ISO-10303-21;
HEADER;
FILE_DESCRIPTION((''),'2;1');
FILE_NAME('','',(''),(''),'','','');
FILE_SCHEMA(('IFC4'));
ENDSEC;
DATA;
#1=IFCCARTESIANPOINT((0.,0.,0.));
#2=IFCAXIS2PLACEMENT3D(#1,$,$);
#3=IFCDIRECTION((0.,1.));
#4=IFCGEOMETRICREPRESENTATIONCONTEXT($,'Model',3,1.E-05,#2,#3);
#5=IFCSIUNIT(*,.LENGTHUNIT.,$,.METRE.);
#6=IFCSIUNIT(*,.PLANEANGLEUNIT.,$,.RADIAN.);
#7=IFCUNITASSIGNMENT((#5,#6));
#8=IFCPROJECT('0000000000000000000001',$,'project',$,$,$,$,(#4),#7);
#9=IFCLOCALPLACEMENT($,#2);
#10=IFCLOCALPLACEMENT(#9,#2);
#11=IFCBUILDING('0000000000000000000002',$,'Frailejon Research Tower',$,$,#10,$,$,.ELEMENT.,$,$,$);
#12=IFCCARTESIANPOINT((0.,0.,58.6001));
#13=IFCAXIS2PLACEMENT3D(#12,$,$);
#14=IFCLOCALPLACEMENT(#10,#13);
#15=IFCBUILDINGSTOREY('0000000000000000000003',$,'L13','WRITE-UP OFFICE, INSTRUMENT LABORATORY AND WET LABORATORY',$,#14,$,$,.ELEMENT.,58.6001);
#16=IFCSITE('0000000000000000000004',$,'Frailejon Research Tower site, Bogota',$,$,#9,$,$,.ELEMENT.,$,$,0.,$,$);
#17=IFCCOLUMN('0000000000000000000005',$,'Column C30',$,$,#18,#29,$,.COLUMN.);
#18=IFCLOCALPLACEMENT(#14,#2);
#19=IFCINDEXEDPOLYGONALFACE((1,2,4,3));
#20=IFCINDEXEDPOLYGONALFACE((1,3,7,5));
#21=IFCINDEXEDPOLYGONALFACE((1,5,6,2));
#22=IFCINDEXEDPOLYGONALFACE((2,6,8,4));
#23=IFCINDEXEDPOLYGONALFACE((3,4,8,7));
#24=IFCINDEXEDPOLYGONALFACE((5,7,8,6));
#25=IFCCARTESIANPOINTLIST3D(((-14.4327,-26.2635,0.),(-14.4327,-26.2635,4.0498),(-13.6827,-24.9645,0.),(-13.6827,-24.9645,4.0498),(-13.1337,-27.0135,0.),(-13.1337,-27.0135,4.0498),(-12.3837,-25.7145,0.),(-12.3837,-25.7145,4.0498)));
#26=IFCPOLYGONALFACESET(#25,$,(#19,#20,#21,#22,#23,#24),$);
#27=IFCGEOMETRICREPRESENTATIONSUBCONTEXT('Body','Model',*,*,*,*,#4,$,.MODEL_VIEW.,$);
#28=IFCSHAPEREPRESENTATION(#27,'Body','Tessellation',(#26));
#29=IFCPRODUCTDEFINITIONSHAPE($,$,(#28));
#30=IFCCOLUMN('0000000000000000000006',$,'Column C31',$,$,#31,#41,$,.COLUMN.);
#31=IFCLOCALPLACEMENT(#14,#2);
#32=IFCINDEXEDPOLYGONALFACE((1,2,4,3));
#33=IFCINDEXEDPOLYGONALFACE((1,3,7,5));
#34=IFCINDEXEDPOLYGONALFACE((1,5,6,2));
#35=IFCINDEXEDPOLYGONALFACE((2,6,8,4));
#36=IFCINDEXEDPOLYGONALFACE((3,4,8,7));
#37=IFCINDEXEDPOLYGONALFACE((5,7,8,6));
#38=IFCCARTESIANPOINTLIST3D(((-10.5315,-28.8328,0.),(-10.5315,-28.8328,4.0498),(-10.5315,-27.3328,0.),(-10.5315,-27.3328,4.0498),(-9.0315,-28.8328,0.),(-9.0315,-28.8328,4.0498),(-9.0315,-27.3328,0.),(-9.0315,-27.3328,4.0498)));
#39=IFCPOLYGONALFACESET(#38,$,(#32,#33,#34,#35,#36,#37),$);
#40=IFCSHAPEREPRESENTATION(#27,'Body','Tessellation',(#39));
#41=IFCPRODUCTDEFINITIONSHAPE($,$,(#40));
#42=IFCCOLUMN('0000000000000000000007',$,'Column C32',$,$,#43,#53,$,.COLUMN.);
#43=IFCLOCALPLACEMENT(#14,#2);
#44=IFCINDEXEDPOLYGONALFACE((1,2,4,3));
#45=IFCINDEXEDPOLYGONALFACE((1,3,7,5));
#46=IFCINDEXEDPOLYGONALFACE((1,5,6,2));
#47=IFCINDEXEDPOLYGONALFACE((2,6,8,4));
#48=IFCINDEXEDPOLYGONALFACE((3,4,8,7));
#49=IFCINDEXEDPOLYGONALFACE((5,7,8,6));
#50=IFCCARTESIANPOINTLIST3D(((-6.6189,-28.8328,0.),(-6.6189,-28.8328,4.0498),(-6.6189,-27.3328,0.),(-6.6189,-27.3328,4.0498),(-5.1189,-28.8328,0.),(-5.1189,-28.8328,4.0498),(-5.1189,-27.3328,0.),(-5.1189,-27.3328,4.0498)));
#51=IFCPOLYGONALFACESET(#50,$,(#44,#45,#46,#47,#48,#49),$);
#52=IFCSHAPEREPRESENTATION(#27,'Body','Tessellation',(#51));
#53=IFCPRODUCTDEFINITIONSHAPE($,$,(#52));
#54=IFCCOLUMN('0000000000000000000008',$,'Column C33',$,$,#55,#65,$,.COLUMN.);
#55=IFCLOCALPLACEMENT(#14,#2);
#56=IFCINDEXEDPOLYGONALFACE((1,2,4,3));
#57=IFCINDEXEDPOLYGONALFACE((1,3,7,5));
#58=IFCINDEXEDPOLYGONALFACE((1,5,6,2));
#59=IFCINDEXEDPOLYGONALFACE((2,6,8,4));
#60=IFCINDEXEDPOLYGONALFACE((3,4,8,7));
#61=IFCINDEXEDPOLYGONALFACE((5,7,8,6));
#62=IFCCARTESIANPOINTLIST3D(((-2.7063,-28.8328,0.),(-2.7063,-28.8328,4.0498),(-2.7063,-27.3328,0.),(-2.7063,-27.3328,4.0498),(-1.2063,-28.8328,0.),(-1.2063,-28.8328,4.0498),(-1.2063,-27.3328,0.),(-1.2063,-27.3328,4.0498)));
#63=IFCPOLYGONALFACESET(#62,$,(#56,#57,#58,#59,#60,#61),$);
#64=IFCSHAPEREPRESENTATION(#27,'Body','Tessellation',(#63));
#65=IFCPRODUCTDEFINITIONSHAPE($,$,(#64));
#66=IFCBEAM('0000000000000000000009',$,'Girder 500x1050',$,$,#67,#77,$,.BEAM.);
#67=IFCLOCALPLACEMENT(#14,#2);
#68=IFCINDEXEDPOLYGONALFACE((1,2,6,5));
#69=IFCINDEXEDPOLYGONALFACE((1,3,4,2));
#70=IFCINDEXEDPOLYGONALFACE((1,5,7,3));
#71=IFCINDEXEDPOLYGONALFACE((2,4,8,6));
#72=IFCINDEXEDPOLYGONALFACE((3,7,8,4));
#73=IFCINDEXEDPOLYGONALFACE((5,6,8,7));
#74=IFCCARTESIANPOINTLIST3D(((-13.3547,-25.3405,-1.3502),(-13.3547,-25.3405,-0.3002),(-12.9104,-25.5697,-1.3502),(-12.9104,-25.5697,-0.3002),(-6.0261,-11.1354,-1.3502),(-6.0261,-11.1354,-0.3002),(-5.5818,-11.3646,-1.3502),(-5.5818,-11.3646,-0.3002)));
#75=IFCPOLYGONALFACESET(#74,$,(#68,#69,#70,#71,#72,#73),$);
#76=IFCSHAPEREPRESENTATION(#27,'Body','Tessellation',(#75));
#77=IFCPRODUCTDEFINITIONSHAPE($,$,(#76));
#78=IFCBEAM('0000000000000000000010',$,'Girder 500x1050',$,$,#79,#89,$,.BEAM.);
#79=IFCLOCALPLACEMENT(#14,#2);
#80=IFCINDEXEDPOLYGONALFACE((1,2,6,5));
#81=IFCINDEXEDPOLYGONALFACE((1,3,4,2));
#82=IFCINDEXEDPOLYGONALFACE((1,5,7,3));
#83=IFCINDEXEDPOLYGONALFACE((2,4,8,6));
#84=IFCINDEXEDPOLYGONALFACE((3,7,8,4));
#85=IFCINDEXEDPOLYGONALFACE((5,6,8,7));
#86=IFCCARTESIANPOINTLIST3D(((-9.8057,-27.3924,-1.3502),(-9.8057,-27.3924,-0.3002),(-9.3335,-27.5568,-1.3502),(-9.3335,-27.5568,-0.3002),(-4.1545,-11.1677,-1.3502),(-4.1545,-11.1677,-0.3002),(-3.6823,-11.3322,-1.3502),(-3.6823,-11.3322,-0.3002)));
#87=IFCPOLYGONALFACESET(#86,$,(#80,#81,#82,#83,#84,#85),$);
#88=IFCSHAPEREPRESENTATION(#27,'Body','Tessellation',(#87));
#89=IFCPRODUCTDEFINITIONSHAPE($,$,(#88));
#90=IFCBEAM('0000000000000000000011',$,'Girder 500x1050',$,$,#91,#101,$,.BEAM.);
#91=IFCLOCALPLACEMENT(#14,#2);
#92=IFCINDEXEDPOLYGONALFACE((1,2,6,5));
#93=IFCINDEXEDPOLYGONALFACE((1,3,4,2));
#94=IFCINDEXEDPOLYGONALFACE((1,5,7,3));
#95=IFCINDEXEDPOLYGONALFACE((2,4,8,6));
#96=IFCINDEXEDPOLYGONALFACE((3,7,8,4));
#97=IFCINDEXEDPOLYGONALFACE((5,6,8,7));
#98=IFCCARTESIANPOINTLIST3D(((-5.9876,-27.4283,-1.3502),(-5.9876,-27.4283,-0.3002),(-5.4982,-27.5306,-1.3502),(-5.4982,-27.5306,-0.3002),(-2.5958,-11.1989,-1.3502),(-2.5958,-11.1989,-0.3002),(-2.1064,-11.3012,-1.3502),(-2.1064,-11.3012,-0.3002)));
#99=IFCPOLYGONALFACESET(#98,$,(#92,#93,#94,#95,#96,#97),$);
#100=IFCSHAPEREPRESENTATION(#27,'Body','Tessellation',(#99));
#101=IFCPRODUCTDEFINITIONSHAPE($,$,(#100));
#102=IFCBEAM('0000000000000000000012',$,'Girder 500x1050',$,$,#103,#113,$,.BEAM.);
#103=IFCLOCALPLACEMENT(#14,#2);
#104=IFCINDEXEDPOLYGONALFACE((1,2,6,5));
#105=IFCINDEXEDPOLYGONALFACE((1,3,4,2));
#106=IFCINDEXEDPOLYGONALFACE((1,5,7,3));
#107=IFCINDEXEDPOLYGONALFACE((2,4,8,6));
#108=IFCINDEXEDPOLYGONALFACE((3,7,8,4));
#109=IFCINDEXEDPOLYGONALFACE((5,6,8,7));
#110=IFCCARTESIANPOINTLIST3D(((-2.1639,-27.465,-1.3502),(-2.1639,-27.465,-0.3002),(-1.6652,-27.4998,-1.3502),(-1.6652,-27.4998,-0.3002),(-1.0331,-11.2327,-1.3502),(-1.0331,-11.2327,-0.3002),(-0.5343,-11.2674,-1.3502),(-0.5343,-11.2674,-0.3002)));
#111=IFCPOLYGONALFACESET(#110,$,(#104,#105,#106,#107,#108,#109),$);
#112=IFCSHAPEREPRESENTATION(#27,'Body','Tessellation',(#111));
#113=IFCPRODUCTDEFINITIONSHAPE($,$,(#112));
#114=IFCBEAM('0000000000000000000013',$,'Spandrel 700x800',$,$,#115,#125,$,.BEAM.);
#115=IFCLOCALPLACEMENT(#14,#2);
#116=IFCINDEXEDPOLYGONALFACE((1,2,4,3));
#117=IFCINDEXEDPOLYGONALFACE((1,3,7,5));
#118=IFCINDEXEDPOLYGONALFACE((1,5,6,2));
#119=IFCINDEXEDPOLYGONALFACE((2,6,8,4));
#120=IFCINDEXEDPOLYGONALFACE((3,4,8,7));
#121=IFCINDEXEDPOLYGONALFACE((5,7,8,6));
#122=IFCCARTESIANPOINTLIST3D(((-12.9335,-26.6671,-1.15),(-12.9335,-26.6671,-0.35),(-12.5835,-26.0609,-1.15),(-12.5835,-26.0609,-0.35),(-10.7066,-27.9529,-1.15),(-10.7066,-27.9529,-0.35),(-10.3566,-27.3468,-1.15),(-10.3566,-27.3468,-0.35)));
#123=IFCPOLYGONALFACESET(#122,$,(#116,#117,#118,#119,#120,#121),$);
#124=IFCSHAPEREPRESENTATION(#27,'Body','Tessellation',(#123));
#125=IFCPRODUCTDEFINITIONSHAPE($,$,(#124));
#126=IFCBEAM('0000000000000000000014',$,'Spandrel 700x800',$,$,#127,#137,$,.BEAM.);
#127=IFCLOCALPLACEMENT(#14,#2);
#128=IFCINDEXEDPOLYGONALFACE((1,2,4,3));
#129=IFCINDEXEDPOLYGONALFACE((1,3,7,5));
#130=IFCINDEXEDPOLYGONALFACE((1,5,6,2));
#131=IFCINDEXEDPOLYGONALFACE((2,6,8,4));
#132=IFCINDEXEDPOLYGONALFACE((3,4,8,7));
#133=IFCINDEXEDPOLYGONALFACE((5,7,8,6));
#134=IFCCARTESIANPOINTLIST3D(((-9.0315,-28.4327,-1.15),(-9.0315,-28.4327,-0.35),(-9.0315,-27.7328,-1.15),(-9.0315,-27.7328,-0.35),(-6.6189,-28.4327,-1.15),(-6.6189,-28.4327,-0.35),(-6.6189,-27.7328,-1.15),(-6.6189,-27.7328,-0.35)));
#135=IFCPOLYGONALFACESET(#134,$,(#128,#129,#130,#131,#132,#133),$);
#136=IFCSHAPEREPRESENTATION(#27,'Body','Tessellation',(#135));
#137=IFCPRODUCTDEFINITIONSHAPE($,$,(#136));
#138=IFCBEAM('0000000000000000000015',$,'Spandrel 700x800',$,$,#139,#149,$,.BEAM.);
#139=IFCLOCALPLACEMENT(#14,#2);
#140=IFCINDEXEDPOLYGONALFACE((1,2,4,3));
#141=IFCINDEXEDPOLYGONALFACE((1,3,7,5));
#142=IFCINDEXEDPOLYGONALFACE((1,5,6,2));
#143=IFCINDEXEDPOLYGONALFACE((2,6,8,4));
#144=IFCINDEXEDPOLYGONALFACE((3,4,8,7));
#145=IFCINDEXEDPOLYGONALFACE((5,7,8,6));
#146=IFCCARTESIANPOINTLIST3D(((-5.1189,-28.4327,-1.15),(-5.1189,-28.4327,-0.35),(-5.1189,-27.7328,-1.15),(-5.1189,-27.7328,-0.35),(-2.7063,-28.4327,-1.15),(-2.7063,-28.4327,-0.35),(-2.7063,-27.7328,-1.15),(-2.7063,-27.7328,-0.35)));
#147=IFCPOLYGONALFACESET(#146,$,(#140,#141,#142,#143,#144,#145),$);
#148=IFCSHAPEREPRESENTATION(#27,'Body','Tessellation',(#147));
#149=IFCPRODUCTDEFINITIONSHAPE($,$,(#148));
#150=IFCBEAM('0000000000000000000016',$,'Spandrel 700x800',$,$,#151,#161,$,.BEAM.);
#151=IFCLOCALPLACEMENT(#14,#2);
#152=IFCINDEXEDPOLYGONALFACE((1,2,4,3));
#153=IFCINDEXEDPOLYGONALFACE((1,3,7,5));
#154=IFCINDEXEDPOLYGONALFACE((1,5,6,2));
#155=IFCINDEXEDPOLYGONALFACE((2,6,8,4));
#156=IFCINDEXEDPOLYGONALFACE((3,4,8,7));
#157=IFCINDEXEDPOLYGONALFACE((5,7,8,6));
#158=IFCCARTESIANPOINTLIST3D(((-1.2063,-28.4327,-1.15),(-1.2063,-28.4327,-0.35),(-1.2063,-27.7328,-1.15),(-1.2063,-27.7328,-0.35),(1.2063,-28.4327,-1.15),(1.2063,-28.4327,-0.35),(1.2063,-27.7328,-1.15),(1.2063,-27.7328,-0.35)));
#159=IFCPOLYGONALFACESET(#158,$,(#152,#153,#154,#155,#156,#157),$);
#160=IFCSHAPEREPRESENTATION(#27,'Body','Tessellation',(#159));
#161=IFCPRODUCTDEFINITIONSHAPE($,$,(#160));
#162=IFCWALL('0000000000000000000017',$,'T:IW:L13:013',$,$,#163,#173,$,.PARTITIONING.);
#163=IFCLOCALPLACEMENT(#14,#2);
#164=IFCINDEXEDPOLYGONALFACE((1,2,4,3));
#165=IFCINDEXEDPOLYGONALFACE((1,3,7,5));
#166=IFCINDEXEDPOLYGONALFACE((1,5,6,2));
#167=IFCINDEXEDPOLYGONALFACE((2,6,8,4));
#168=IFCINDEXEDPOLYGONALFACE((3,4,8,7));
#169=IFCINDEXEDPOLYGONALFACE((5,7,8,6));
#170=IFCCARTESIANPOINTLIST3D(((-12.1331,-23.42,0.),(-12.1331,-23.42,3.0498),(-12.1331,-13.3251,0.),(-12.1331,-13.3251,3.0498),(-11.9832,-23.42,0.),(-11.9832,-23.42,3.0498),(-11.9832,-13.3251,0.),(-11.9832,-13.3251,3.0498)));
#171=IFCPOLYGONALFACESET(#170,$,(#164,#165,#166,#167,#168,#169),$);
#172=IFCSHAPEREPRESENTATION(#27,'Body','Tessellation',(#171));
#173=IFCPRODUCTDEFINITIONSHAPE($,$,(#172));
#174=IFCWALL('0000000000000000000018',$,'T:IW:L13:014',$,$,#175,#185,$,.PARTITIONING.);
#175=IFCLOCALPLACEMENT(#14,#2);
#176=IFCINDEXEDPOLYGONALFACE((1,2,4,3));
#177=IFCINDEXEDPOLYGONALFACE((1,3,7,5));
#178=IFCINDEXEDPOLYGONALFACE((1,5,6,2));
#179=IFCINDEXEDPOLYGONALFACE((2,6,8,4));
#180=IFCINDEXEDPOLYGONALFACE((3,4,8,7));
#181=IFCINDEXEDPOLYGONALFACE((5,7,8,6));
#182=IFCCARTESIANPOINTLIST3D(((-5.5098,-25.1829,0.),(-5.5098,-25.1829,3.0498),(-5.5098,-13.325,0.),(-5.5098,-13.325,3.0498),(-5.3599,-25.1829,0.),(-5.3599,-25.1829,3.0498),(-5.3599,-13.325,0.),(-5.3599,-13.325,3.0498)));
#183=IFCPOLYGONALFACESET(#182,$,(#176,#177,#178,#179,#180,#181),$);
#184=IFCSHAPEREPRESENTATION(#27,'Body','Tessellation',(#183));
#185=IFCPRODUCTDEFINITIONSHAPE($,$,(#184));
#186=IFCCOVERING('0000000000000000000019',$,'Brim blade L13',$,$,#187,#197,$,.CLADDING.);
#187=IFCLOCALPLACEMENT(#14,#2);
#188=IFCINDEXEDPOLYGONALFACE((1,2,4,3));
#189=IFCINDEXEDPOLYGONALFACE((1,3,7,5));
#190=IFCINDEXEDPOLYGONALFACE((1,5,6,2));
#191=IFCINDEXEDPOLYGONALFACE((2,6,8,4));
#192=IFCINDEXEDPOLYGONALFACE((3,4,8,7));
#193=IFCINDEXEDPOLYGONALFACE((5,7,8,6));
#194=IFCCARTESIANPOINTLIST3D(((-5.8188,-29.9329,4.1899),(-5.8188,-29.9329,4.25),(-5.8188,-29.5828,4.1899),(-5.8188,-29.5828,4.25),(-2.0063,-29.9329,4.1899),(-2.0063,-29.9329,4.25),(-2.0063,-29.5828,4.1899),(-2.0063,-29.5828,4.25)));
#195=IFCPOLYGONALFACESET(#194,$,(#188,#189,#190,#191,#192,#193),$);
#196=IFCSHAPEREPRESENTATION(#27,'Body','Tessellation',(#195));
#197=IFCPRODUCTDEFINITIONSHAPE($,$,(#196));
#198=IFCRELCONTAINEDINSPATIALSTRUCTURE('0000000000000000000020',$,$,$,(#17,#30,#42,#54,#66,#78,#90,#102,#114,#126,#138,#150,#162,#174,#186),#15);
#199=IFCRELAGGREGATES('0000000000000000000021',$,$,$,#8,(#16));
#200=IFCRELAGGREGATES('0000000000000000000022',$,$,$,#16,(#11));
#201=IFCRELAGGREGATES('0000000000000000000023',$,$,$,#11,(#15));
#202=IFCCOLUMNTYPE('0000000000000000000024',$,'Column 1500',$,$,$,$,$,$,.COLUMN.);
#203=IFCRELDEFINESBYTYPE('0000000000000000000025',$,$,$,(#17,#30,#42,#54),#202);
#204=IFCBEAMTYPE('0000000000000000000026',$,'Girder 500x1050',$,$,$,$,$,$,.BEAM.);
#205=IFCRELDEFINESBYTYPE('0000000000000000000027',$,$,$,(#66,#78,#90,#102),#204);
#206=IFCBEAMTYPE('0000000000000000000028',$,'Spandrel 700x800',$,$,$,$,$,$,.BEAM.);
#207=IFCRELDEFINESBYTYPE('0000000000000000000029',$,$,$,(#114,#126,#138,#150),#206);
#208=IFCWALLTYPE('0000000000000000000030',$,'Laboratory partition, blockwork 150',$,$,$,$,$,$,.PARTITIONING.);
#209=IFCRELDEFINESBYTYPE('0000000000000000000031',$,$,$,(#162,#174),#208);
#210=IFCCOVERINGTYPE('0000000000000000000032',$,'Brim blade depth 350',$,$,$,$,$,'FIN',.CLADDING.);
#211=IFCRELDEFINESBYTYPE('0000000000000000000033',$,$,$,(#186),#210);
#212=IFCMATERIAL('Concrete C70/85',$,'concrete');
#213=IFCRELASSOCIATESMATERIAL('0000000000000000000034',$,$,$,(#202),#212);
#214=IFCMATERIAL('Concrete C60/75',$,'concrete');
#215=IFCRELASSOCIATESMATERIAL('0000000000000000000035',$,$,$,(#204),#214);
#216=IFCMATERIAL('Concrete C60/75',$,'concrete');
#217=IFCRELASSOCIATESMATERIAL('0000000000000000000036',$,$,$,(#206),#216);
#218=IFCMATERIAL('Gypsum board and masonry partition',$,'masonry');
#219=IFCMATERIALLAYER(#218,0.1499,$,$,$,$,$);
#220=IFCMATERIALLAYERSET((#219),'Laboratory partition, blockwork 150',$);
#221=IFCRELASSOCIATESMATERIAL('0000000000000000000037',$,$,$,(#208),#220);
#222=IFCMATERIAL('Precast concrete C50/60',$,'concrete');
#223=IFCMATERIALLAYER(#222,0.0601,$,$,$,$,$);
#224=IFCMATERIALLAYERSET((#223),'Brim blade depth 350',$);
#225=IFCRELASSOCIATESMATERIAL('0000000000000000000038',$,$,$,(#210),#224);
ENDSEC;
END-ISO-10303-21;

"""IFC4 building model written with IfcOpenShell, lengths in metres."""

from ifc_helpers import new_model, si_unit, direction, frame, frame_2d, origin, origin_2d, place, context, subcontext, project, spatial, polyline, rectangle, outline, extrude, material, layer, layer_set, material_profile, profile_set, type_object, element, save


model = new_model("IFC4")

# Units and contexts
model_context = context("Model", 3, precision=1e-05, world=origin(), true_north=direction((0.0, 1.0)))
body_context = subcontext(model_context, "Body", "Model", "MODEL_VIEW")
ifc_project = project(units=[si_unit("LENGTHUNIT", "METRE"), si_unit("PLANEANGLEUNIT", "RADIAN")], contexts=[model_context])

# Site, building, storey
site_placement = place(None, origin())
site = spatial("IfcSite", under=ifc_project, at=site_placement, Name="Frailejon Research Tower site, Bogota", CompositionType="ELEMENT", RefElevation=0.0)
building_placement = place(site_placement, origin())
building = spatial("IfcBuilding", under=site, at=building_placement, Name="Frailejon Research Tower", CompositionType="ELEMENT")
storey_placement = place(building_placement, frame((0.0, 0.0, 58.6001)))
storey = spatial("IfcBuildingStorey", under=building, at=storey_placement, Name="L13", Description="WRITE-UP OFFICE, INSTRUMENT LABORATORY AND WET LABORATORY", CompositionType="ELEMENT", Elevation=58.6001)

# Columns
ifc_material_1 = material(Name="Concrete C70/85", Category="concrete")
ifc_material_profile_1 = material_profile(ifc_material_1, rectangle(XDim=1.5, YDim=1.5, at=origin_2d()), Name="Column 1500")
ifc_profile_set_1 = profile_set([ifc_material_profile_1], Name="Concrete C70/85")
column_type = type_object("IfcColumnType", Name="Column 1500", PredefinedType="COLUMN", material=ifc_profile_set_1)
for number, where, z_axis, x_axis, name in (
    (1, (-13.4082, -25.989, 0.0), (0.0, 0.0, 1.0), (0.866025, -0.5, 0.0), "Column C30"),
    (2, (-9.7815, -28.0828, 0.0), (0.0, 0.0, 1.0), (1.0, 0.0, 0.0), "Column C31"),
    (3, (-5.8689, -28.0828, 0.0), (0.0, 0.0, 1.0), (1.0, 0.0, 0.0), "Column C32"),
    (4, (-1.9563, -28.0828, 0.0), (0.0, 0.0, 1.0), (1.0, 0.0, 0.0), "Column C33"),
):
    element("IfcColumn", number, at=place(storey_placement, frame(where, z_axis=z_axis, x_axis=x_axis)), inside=storey, type_object=column_type, Name=name, PredefinedType="COLUMN", context=body_context, shape_type="SweptSolid", body=[
        extrude(rectangle(XDim=1.5, YDim=1.5, at=origin_2d()), origin(), (0.0, 0.0, 1.0), 4.0498),
    ])

# Beams
ifc_material_2 = material(Name="Concrete C60/75", Category="concrete")
ifc_material_profile_2 = material_profile(ifc_material_2, rectangle(XDim=0.5, YDim=1.05, at=origin_2d()), Name="Girder 500x1050")
ifc_profile_set_2 = profile_set([ifc_material_profile_2], Name="Concrete C60/75")
beam_type_1 = type_object("IfcBeamType", Name="Girder 500x1050", PredefinedType="BEAM", material=ifc_profile_set_2)
beam_1_placement = place(storey_placement, frame((-13.1326, -25.4551, -0.8252), z_axis=(0.458493, 0.888698, 0.0), x_axis=(-0.888698, 0.458493, 0.0)))
element("IfcBeam", 5, at=beam_1_placement, inside=storey, type_object=beam_type_1, Name="Girder 500x1050", PredefinedType="BEAM", context=body_context, shape_type="SweptSolid", body=[
    extrude(rectangle(XDim=0.5, YDim=1.05, at=origin_2d()), origin(), (0.0, 0.0, 1.0), 15.9841),
])
beam_2_placement = place(storey_placement, frame((-9.5696, -27.4746, -0.8252), z_axis=(0.328925, 0.944356, 0.0), x_axis=(-0.944356, 0.328925, 0.0)))
element("IfcBeam", 6, at=beam_2_placement, inside=storey, type_object=beam_type_1, Name="Girder 500x1050", PredefinedType="BEAM", context=body_context, shape_type="SweptSolid", body=[
    extrude(rectangle(XDim=0.5, YDim=1.05, at=origin_2d()), origin(), (0.0, 0.0, 1.0), 17.1807),
])
beam_3_placement = place(storey_placement, frame((-5.7429, -27.4795, -0.8252), z_axis=(0.204573, 0.978851, 0.0), x_axis=(-0.978851, 0.204573, 0.0)))
element("IfcBeam", 7, at=beam_3_placement, inside=storey, type_object=beam_type_1, Name="Girder 500x1050", PredefinedType="BEAM", context=body_context, shape_type="SweptSolid", body=[
    extrude(rectangle(XDim=0.5, YDim=1.05, at=origin_2d()), origin(), (0.0, 0.0, 1.0), 16.5801),
])
beam_4_placement = place(storey_placement, frame((-1.9146, -27.4824, -0.8252), z_axis=(0.069498, 0.997582, 0.0), x_axis=(-0.997582, 0.069498, 0.0)))
element("IfcBeam", 8, at=beam_4_placement, inside=storey, type_object=beam_type_1, Name="Girder 500x1050", PredefinedType="BEAM", context=body_context, shape_type="SweptSolid", body=[
    extrude(rectangle(XDim=0.5, YDim=1.05, at=origin_2d()), origin(), (0.0, 0.0, 1.0), 16.2717),
])
ifc_material_3 = material(Name="Concrete C60/75", Category="concrete")
ifc_material_profile_3 = material_profile(ifc_material_3, rectangle(XDim=0.7, YDim=0.8, at=origin_2d()), Name="Spandrel 700x800")
ifc_profile_set_3 = profile_set([ifc_material_profile_3], Name="Concrete C60/75")
beam_type_2 = type_object("IfcBeamType", Name="Spandrel 700x800", PredefinedType="BEAM", material=ifc_profile_set_3)
beam_5_placement = place(storey_placement, frame((-12.7585, -26.364, -0.75), z_axis=(0.866009, -0.500029, 0.0), x_axis=(0.500029, 0.866009, 0.0)))
element("IfcBeam", 9, at=beam_5_placement, inside=storey, type_object=beam_type_2, Name="Spandrel 700x800", PredefinedType="BEAM", context=body_context, shape_type="SweptSolid", body=[
    extrude(rectangle(XDim=0.7, YDim=0.8, at=origin_2d()), origin(), (0.0, 0.0, 1.0), 2.5715),
])
for number, where, z_axis, x_axis, name in (
    (10, (-9.0315, -28.0828, -0.75), (1.0, 0.0, 0.0), (0.0, 1.0, 0.0), "Spandrel 700x800"),
    (11, (-5.1189, -28.0828, -0.75), (1.0, 0.0, 0.0), (0.0, 1.0, 0.0), "Spandrel 700x800"),
    (12, (-1.2063, -28.0828, -0.75), (1.0, 0.0, 0.0), (0.0, 1.0, 0.0), "Spandrel 700x800"),
):
    element("IfcBeam", number, at=place(storey_placement, frame(where, z_axis=z_axis, x_axis=x_axis)), inside=storey, type_object=beam_type_2, Name=name, PredefinedType="BEAM", context=body_context, shape_type="SweptSolid", body=[
        extrude(rectangle(XDim=0.7, YDim=0.8, at=origin_2d()), origin(), (0.0, 0.0, 1.0), 2.4126),
    ])

# Walls
ifc_material_4 = material(Name="Gypsum board and masonry partition", Category="masonry")
ifc_layer_1 = layer(ifc_material_4, 0.1499)
ifc_layer_set_1 = layer_set([ifc_layer_1], Name="Laboratory partition, blockwork 150")
wall_type_1 = type_object("IfcWallType", Name="Laboratory partition, blockwork 150", PredefinedType="PARTITIONING", material=ifc_layer_set_1)
wall_1_placement = place(storey_placement, frame((-12.0581, -23.4199, 0.0), z_axis=(0.0, 0.0, 1.0), x_axis=(0.0, 1.0, 0.0)))
element("IfcWall", 13, at=wall_1_placement, inside=storey, type_object=wall_type_1, Name="T:IW:L13:013", PredefinedType="PARTITIONING", context=body_context, shape_type="SweptSolid", body=[
    extrude(rectangle(XDim=10.095, YDim=0.1499, at=frame_2d((5.0474, 0.0))), origin(), (0.0, 0.0, 1.0), 3.0498),
])
wall_2_placement = place(storey_placement, frame((-5.4348, -25.1829, 0.0), z_axis=(0.0, 0.0, 1.0), x_axis=(0.0, 1.0, 0.0)))
element("IfcWall", 14, at=wall_2_placement, inside=storey, type_object=wall_type_1, Name="T:IW:L13:014", PredefinedType="PARTITIONING", context=body_context, shape_type="SweptSolid", body=[
    extrude(rectangle(XDim=11.8579, YDim=0.1499, at=frame_2d((5.929, 0.0))), origin(), (0.0, 0.0, 1.0), 3.0498),
])

# Covering
ifc_material_5 = material(Name="Precast concrete C50/60", Category="concrete")
ifc_layer_2 = layer(ifc_material_5, 0.0601)
ifc_layer_set_2 = layer_set([ifc_layer_2], Name="Brim blade depth 350")
covering_type_1 = type_object("IfcCoveringType", Name="Brim blade depth 350", ElementType="FIN", PredefinedType="CLADDING", material=ifc_layer_set_2)
covering_1_placement = place(storey_placement, frame((-2.0063, -29.5828, 4.25), z_axis=(-1.0, 0.0, 0.0), x_axis=(0.0, -1.0, 0.0)))
element("IfcCovering", 15, at=covering_1_placement, inside=storey, type_object=covering_type_1, Name="Brim blade L13", PredefinedType="CLADDING", context=body_context, shape_type="SweptSolid", body=[
    extrude(outline(polyline([(0.0, -0.0601), (0.3501, -0.0601), (0.3501, 0.0), (0.0, 0.0), (0.0, -0.0601)])), origin(), (0.0, 0.0, 1.0), 3.8125),
])

save(model, "model.ifc")
